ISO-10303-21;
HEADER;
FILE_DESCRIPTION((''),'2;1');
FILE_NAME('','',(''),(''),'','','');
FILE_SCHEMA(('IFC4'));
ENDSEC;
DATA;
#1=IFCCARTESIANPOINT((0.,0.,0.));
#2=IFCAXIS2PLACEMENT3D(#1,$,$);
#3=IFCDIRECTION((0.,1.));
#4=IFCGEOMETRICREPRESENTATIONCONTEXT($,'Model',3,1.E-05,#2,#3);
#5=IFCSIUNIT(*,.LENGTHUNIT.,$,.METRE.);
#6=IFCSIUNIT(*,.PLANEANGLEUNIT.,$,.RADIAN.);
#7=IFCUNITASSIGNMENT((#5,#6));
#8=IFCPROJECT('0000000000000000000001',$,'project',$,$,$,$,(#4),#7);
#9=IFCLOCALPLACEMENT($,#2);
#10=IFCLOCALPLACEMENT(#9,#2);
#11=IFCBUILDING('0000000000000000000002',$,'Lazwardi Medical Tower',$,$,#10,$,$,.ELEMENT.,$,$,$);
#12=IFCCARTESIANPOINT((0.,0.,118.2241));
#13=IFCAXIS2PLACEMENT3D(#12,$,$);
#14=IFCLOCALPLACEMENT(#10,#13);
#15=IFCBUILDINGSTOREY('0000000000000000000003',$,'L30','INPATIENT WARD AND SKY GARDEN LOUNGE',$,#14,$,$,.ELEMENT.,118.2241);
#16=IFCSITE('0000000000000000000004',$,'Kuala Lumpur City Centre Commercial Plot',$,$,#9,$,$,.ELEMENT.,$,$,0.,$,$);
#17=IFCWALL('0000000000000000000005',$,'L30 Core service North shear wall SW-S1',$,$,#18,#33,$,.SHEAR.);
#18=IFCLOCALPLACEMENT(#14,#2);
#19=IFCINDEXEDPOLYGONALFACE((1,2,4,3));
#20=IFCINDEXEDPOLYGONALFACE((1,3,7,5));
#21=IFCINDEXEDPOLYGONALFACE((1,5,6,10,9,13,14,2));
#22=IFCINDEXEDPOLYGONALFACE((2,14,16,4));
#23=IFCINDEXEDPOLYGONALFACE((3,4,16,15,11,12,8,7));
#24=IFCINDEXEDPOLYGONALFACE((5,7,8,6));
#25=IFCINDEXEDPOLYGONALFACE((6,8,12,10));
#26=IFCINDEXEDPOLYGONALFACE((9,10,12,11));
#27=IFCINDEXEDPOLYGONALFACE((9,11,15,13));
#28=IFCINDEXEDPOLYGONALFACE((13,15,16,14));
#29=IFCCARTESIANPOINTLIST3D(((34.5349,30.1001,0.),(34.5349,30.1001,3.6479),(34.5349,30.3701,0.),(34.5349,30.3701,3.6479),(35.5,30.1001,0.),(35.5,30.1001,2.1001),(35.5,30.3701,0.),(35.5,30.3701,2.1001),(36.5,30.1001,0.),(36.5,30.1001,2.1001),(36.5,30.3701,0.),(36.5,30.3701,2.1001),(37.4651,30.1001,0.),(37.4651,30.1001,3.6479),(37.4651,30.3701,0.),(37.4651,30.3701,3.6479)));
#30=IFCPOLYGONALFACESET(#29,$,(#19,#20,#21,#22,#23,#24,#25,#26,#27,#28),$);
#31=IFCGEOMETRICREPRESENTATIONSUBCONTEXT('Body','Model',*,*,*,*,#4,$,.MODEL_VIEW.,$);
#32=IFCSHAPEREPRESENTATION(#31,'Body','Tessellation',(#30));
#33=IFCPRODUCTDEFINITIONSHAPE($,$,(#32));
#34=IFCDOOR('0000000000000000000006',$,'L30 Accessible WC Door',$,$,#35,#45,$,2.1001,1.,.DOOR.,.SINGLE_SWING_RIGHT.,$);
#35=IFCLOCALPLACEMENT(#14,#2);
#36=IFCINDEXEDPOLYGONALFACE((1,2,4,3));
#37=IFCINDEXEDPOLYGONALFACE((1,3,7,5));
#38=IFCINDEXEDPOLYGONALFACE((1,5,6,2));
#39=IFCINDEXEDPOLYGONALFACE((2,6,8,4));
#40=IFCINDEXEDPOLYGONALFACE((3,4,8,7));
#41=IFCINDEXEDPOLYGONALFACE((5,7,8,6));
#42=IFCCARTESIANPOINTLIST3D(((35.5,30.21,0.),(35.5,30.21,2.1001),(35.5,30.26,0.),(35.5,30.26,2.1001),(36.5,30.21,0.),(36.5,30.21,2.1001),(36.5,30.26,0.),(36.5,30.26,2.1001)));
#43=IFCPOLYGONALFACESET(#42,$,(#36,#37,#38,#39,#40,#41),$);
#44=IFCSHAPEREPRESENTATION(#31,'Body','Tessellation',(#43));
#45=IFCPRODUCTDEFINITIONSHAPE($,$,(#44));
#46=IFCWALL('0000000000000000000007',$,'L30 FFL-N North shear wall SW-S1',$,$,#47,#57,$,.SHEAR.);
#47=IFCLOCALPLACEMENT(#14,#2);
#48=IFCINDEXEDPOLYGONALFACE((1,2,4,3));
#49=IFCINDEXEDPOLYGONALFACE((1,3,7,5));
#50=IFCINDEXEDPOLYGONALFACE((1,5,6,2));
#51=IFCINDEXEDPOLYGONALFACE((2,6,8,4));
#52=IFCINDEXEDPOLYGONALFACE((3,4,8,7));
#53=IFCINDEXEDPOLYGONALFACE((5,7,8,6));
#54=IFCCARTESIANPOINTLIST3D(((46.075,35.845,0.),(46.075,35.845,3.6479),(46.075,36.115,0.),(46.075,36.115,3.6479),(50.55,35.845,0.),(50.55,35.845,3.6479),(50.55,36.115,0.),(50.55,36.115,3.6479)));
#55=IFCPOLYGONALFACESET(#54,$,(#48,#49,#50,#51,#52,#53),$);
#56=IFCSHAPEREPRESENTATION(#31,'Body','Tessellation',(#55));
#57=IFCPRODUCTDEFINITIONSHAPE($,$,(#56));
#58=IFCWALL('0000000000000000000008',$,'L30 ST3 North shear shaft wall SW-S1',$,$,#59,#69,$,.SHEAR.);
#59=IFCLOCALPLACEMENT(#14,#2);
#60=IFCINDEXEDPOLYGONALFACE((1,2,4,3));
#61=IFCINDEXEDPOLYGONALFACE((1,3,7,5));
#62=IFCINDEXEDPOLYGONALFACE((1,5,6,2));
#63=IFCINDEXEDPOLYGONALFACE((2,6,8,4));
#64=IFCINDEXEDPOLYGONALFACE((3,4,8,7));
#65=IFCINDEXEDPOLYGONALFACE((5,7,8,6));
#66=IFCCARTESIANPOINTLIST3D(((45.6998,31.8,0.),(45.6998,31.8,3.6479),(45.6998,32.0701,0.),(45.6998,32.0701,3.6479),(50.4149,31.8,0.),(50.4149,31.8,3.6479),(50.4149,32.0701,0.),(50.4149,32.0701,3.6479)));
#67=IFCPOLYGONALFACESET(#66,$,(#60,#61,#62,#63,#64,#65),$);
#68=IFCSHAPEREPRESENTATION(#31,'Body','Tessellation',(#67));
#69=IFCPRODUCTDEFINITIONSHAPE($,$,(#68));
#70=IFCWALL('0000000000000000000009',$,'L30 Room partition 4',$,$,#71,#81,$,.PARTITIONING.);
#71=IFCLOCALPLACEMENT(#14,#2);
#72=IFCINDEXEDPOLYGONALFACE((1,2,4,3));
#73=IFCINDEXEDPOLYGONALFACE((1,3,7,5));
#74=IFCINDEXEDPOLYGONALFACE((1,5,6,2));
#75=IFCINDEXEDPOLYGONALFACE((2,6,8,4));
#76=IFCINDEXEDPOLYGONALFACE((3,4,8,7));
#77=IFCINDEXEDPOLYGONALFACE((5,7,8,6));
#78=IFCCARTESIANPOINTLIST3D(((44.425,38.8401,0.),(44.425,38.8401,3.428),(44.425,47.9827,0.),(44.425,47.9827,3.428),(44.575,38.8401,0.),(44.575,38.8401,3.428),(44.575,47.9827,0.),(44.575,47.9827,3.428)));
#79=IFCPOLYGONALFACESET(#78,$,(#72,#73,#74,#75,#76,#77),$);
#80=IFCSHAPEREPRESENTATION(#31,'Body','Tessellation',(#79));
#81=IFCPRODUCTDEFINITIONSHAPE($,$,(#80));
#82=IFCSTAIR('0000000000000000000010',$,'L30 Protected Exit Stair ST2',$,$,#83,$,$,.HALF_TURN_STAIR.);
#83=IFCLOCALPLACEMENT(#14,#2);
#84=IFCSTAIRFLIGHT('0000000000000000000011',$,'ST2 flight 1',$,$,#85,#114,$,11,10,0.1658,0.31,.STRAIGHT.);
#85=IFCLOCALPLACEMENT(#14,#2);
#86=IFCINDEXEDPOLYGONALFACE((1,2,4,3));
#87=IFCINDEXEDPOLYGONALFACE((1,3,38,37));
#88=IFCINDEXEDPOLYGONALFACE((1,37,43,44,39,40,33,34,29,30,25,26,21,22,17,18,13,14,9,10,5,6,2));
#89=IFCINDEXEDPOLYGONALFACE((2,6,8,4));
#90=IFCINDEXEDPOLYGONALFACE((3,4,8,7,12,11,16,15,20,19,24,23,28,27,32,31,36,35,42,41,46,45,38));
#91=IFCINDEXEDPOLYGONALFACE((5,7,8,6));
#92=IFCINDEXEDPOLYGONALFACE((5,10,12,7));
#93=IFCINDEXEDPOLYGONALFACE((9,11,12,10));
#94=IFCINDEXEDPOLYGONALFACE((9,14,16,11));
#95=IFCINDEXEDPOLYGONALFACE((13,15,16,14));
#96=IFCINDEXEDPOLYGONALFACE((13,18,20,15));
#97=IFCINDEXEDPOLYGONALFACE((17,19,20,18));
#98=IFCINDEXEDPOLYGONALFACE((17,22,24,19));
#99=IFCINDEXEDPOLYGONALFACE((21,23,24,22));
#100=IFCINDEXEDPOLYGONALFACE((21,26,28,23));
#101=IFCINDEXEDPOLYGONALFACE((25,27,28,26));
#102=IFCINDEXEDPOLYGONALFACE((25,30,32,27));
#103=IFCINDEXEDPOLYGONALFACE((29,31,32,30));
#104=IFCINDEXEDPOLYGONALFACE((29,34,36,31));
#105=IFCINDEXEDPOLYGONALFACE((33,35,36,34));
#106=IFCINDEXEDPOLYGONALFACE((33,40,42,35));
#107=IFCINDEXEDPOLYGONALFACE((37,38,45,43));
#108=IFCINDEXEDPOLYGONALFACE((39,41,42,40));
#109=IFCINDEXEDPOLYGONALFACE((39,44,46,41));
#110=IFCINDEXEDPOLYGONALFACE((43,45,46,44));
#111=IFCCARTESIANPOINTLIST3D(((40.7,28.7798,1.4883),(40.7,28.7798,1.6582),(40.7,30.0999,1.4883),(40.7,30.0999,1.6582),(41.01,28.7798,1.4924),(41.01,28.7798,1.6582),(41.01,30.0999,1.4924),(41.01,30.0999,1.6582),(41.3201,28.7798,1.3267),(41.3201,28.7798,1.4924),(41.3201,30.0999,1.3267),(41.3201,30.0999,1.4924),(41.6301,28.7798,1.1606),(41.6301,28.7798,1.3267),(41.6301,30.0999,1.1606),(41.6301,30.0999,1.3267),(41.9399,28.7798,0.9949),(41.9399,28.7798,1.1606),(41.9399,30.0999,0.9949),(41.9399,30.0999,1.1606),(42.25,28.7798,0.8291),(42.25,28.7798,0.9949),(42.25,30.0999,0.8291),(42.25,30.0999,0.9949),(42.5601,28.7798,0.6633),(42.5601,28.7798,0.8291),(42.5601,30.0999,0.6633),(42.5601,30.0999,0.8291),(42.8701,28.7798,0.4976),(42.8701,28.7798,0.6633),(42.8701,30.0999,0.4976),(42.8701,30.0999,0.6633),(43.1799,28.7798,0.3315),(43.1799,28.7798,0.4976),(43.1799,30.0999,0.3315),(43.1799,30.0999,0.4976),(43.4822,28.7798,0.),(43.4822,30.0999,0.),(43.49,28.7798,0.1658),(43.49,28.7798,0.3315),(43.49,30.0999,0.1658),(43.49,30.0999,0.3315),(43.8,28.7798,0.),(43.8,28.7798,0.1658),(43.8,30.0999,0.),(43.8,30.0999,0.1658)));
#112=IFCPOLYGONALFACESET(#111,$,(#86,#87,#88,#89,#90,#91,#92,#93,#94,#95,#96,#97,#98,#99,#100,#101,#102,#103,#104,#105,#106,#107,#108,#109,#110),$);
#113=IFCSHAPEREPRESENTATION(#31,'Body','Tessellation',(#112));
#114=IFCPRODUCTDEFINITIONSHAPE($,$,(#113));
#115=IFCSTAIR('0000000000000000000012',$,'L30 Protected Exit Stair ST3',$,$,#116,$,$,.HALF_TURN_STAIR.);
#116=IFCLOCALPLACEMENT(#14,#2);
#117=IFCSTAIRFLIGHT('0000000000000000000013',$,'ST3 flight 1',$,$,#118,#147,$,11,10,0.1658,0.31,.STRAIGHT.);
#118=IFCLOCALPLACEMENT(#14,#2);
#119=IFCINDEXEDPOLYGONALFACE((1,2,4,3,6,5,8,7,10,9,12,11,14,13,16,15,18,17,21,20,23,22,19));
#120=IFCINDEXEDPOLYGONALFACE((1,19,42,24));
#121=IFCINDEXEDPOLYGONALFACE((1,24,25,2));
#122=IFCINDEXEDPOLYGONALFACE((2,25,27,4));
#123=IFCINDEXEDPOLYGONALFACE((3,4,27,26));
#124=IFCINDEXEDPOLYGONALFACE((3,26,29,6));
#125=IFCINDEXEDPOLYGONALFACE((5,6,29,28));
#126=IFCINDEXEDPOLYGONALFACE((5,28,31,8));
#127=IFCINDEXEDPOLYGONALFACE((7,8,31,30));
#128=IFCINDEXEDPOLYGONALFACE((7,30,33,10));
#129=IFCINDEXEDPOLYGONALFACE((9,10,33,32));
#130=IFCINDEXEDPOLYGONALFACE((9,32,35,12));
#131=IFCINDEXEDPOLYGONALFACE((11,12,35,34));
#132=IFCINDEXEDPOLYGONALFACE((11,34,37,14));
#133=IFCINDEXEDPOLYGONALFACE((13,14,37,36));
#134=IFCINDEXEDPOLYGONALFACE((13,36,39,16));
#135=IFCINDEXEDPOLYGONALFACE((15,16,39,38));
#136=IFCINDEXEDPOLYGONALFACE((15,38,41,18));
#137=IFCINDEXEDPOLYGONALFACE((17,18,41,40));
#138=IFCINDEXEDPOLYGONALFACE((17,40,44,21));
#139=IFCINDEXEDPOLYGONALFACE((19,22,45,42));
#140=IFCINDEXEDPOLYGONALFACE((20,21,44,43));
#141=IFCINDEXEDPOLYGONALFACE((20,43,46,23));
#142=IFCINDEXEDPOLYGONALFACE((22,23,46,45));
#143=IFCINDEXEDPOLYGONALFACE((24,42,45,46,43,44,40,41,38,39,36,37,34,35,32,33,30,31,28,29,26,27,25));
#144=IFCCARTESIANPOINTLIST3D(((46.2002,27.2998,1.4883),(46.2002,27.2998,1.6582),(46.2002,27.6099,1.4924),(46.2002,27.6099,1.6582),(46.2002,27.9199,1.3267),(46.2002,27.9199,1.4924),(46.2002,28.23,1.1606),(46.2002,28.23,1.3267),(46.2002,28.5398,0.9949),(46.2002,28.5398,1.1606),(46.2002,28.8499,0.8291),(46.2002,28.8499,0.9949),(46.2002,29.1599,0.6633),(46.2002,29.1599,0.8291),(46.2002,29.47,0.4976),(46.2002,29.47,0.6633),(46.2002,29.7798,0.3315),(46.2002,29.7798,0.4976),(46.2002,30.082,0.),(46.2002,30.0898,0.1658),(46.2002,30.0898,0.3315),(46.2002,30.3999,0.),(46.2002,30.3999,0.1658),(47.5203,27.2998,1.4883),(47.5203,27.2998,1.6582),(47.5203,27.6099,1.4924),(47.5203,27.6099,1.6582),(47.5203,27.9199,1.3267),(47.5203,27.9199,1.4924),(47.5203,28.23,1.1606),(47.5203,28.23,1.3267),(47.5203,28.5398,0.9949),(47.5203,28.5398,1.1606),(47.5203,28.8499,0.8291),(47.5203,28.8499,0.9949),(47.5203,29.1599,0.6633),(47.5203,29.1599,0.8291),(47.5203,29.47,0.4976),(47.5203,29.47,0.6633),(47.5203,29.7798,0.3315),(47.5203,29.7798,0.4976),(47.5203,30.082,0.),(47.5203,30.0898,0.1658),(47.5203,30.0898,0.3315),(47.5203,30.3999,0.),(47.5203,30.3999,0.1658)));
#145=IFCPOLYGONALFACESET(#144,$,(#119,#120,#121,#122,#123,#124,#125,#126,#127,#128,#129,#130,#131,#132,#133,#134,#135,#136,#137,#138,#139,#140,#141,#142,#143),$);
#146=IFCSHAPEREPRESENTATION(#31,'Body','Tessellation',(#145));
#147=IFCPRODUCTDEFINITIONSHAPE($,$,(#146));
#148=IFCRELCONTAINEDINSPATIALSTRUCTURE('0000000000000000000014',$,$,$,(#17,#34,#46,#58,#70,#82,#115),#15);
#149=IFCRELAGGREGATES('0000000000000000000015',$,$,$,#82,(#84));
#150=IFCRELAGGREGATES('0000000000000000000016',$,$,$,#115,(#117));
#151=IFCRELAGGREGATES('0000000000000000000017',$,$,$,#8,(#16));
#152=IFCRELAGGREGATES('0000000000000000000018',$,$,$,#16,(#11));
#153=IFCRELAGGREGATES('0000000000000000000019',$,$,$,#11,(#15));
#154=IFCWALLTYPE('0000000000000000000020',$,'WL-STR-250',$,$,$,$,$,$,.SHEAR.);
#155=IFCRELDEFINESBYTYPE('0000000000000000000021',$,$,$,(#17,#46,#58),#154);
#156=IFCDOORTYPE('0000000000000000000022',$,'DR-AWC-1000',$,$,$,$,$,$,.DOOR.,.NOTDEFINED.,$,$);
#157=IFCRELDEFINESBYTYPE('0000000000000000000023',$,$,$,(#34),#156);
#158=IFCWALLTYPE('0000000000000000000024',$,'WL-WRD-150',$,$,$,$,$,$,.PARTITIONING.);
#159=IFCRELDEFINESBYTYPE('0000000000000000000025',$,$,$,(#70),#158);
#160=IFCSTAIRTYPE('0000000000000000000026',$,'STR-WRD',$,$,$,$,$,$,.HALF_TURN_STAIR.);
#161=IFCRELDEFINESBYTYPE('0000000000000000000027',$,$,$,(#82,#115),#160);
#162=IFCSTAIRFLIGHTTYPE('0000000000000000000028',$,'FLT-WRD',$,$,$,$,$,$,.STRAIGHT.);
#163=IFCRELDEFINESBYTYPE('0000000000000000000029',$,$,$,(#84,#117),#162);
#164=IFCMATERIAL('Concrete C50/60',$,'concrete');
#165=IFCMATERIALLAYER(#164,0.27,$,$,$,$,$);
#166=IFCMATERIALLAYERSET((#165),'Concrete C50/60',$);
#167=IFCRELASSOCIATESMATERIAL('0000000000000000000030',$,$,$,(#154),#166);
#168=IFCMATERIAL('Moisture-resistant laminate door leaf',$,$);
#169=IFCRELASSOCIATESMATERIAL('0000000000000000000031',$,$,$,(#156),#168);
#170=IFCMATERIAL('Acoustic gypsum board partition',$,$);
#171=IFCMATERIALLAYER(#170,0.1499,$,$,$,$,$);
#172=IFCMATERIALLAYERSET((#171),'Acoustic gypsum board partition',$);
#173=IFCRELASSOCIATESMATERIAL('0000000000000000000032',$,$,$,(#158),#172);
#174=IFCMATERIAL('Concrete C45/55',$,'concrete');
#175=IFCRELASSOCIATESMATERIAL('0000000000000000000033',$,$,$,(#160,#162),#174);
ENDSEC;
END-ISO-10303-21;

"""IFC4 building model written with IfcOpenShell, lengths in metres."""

from ifc_helpers import new_model, si_unit, direction, frame, frame_2d, origin, place, context, subcontext, project, spatial, polyline, rectangle, outline, extrude, material, layer, layer_set, type_object, element, fill, aggregate, save


model = new_model("IFC4")

# Units and contexts
model_context = context("Model", 3, precision=1e-05, world=origin(), true_north=direction((0.0, 1.0)))
body_context = subcontext(model_context, "Body", "Model", "MODEL_VIEW")
ifc_project = project(units=[si_unit("LENGTHUNIT", "METRE"), si_unit("PLANEANGLEUNIT", "RADIAN")], contexts=[model_context])

# Site, building, storey
site_placement = place(None, origin())
site = spatial("IfcSite", under=ifc_project, at=site_placement, Name="Kuala Lumpur City Centre Commercial Plot", CompositionType="ELEMENT", RefElevation=0.0)
building_placement = place(site_placement, origin())
building = spatial("IfcBuilding", under=site, at=building_placement, Name="Lazwardi Medical Tower", CompositionType="ELEMENT")
storey_placement = place(building_placement, frame((0.0, 0.0, 118.2241)))
storey = spatial("IfcBuildingStorey", under=building, at=storey_placement, Name="L30", Description="INPATIENT WARD AND SKY GARDEN LOUNGE", CompositionType="ELEMENT", Elevation=118.2241)

# Wall, opening, door
ifc_material_1 = material(Name="Concrete C50/60", Category="concrete")
ifc_layer_1 = layer(ifc_material_1, 0.27)
ifc_layer_set_1 = layer_set([ifc_layer_1], Name="Concrete C50/60")
wall_type_1 = type_object("IfcWallType", Name="WL-STR-250", PredefinedType="SHEAR", material=ifc_layer_set_1)
wall_1_placement = place(storey_placement, frame((34.5349, 30.2351, 0.0), z_axis=(0.0, 0.0, 1.0), x_axis=(1.0, 0.0, 0.0)))
wall_1 = element("IfcWall", 1, at=wall_1_placement, inside=storey, type_object=wall_type_1, Name="L30 Core service North shear wall SW-S1", PredefinedType="SHEAR", context=body_context, shape_type="SweptSolid", body=[
    extrude(rectangle(XDim=2.9302, YDim=0.27, at=frame_2d((1.4651, 0.0))), origin(), (0.0, 0.0, 1.0), 3.6479),
])
opening_1_placement = place(wall_1_placement, frame((0.9651, 0.0, 0.0)))
opening_1 = element("IfcOpeningElement", 2, at=opening_1_placement, cuts=wall_1, PredefinedType="OPENING", context=body_context, shape_type="SweptSolid", body=[
    extrude(rectangle(XDim=1.0, YDim=2.1001, at=frame_2d((0.5, 1.05))), frame((0.0, 0.145, 0.0), z_axis=(0.0, -1.0, 0.0), x_axis=(1.0, 0.0, 0.0)), (0.0, 0.0, 1.0), 0.29),
])
ifc_material_2 = material(Name="Moisture-resistant laminate door leaf")
door_type_1 = type_object("IfcDoorType", Name="DR-AWC-1000", OperationType="NOTDEFINED", PredefinedType="DOOR", material=ifc_material_2)
door_1_placement = place(opening_1_placement, origin())
door_1 = element("IfcDoor", 3, at=door_1_placement, inside=storey, type_object=door_type_1, Name="L30 Accessible WC Door", OperationType="SINGLE_SWING_RIGHT", OverallHeight=2.1001, OverallWidth=1.0, PredefinedType="DOOR", context=body_context, shape_type="SweptSolid", body=[
    extrude(rectangle(XDim=1.0, YDim=2.1001, at=frame_2d((0.5, 1.05))), frame((0.0, 0.0249, 0.0), z_axis=(0.0, -1.0, 0.0), x_axis=(1.0, 0.0, 0.0)), (0.0, 0.0, 1.0), 0.05),
])
fill(opening_1, door_1)

# Walls
wall_2_placement = place(storey_placement, frame((46.075, 35.98, 0.0), z_axis=(0.0, 0.0, 1.0), x_axis=(1.0, 0.0, 0.0)))
element("IfcWall", 4, at=wall_2_placement, inside=storey, type_object=wall_type_1, Name="L30 FFL-N North shear wall SW-S1", PredefinedType="SHEAR", context=body_context, shape_type="SweptSolid", body=[
    extrude(rectangle(XDim=4.4751, YDim=0.27, at=frame_2d((2.2375, 0.0))), origin(), (0.0, 0.0, 1.0), 3.6479),
])
wall_3_placement = place(storey_placement, frame((45.7, 31.9351, 0.0), z_axis=(0.0, 0.0, 1.0), x_axis=(1.0, 0.0, 0.0)))
element("IfcWall", 5, at=wall_3_placement, inside=storey, type_object=wall_type_1, Name="L30 ST3 North shear shaft wall SW-S1", PredefinedType="SHEAR", context=body_context, shape_type="SweptSolid", body=[
    extrude(rectangle(XDim=4.7151, YDim=0.27, at=frame_2d((2.3574, 0.0))), origin(), (0.0, 0.0, 1.0), 3.6479),
])
ifc_material_3 = material(Name="Acoustic gypsum board partition")
ifc_layer_2 = layer(ifc_material_3, 0.1499)
ifc_layer_set_2 = layer_set([ifc_layer_2], Name="Acoustic gypsum board partition")
wall_type_2 = type_object("IfcWallType", Name="WL-WRD-150", PredefinedType="PARTITIONING", material=ifc_layer_set_2)
wall_4_placement = place(storey_placement, frame((44.5, 38.8401, 0.0), z_axis=(0.0, 0.0, 1.0), x_axis=(0.0, 1.0, 0.0)))
element("IfcWall", 6, at=wall_4_placement, inside=storey, type_object=wall_type_2, Name="L30 Room partition 4", PredefinedType="PARTITIONING", context=body_context, shape_type="SweptSolid", body=[
    extrude(rectangle(XDim=9.1426, YDim=0.1499, at=frame_2d((4.5713, 0.0))), origin(), (0.0, 0.0, 1.0), 3.428),
])

# Stairs, stair flights
ifc_material_4 = material(Name="Concrete C45/55", Category="concrete")
stair_type = type_object("IfcStairType", Name="STR-WRD", PredefinedType="HALF_TURN_STAIR", material=ifc_material_4)
stair_1_placement = place(storey_placement, origin())
stair_1 = element("IfcStair", 7, at=stair_1_placement, inside=storey, type_object=stair_type, Name="L30 Protected Exit Stair ST2", PredefinedType="HALF_TURN_STAIR")
stair_flight_type = type_object("IfcStairFlightType", Name="FLT-WRD", PredefinedType="STRAIGHT", material=ifc_material_4)
stair_flight_1_placement = place(storey_placement, frame((43.8, 29.4399, 0.0), z_axis=(0.0, 0.0, 1.0), x_axis=(-1.0, 0.0, 0.0)))
stair_flight_1 = element("IfcStairFlight", 8, at=stair_flight_1_placement, type_object=stair_flight_type, Name="ST2 flight 1", NumberOfRisers=11, NumberOfTreads=10, PredefinedType="STRAIGHT", RiserHeight=0.1658, TreadLength=0.31, context=body_context, shape_type="SweptSolid", body=[
    extrude(outline(polyline([(0.0, 0.0), (0.0, 0.1658), (0.3101, 0.1658), (0.3101, 0.3315), (0.6201, 0.3315), (0.6201, 0.4976), (0.9299, 0.4976), (0.9299, 0.6633), (1.24, 0.6633), (1.24, 0.8291), (1.55, 0.8291), (1.55, 0.9949), (1.8601, 0.9949), (1.8601, 1.1606), (2.1699, 1.1606), (2.1699, 1.3267), (2.48, 1.3267), (2.48, 1.4924), (2.79, 1.4924), (2.79, 1.6582), (3.1001, 1.6582), (3.1001, 1.824), (3.1001, 1.4883), (0.3179, 0.0), (0.0, 0.0)])), frame((0.0, 0.6602, 0.0), z_axis=(0.0, -1.0, 0.0), x_axis=(1.0, 0.0, 0.0)), (0.0, 0.0, 1.0), 1.3201),
])
aggregate(stair_1, [stair_flight_1])
stair_2_placement = place(storey_placement, origin())
stair_2 = element("IfcStair", 9, at=stair_2_placement, inside=storey, type_object=stair_type, Name="L30 Protected Exit Stair ST3", PredefinedType="HALF_TURN_STAIR")
stair_flight_2_placement = place(storey_placement, frame((46.8601, 30.3999, 0.0), z_axis=(0.0, 0.0, 1.0), x_axis=(0.0, -1.0, 0.0)))
stair_flight_2 = element("IfcStairFlight", 10, at=stair_flight_2_placement, type_object=stair_flight_type, Name="ST3 flight 1", NumberOfRisers=11, NumberOfTreads=10, PredefinedType="STRAIGHT", RiserHeight=0.1658, TreadLength=0.31, context=body_context, shape_type="SweptSolid", body=[
    extrude(outline(polyline([(0.0, 0.0), (0.0, 0.1658), (0.3101, 0.1658), (0.3101, 0.3315), (0.6201, 0.3315), (0.6201, 0.4976), (0.9299, 0.4976), (0.9299, 0.6633), (1.24, 0.6633), (1.24, 0.8291), (1.55, 0.8291), (1.55, 0.9949), (1.8601, 0.9949), (1.8601, 1.1606), (2.1699, 1.1606), (2.1699, 1.3267), (2.48, 1.3267), (2.48, 1.4924), (2.79, 1.4924), (2.79, 1.6582), (3.1001, 1.6582), (3.1001, 1.824), (3.1001, 1.4883), (0.3179, 0.0), (0.0, 0.0)])), frame((0.0, 0.6602, 0.0), z_axis=(0.0, -1.0, 0.0), x_axis=(1.0, 0.0, 0.0)), (0.0, 0.0, 1.0), 1.3201),
])
aggregate(stair_2, [stair_flight_2])

save(model, "model.ifc")
